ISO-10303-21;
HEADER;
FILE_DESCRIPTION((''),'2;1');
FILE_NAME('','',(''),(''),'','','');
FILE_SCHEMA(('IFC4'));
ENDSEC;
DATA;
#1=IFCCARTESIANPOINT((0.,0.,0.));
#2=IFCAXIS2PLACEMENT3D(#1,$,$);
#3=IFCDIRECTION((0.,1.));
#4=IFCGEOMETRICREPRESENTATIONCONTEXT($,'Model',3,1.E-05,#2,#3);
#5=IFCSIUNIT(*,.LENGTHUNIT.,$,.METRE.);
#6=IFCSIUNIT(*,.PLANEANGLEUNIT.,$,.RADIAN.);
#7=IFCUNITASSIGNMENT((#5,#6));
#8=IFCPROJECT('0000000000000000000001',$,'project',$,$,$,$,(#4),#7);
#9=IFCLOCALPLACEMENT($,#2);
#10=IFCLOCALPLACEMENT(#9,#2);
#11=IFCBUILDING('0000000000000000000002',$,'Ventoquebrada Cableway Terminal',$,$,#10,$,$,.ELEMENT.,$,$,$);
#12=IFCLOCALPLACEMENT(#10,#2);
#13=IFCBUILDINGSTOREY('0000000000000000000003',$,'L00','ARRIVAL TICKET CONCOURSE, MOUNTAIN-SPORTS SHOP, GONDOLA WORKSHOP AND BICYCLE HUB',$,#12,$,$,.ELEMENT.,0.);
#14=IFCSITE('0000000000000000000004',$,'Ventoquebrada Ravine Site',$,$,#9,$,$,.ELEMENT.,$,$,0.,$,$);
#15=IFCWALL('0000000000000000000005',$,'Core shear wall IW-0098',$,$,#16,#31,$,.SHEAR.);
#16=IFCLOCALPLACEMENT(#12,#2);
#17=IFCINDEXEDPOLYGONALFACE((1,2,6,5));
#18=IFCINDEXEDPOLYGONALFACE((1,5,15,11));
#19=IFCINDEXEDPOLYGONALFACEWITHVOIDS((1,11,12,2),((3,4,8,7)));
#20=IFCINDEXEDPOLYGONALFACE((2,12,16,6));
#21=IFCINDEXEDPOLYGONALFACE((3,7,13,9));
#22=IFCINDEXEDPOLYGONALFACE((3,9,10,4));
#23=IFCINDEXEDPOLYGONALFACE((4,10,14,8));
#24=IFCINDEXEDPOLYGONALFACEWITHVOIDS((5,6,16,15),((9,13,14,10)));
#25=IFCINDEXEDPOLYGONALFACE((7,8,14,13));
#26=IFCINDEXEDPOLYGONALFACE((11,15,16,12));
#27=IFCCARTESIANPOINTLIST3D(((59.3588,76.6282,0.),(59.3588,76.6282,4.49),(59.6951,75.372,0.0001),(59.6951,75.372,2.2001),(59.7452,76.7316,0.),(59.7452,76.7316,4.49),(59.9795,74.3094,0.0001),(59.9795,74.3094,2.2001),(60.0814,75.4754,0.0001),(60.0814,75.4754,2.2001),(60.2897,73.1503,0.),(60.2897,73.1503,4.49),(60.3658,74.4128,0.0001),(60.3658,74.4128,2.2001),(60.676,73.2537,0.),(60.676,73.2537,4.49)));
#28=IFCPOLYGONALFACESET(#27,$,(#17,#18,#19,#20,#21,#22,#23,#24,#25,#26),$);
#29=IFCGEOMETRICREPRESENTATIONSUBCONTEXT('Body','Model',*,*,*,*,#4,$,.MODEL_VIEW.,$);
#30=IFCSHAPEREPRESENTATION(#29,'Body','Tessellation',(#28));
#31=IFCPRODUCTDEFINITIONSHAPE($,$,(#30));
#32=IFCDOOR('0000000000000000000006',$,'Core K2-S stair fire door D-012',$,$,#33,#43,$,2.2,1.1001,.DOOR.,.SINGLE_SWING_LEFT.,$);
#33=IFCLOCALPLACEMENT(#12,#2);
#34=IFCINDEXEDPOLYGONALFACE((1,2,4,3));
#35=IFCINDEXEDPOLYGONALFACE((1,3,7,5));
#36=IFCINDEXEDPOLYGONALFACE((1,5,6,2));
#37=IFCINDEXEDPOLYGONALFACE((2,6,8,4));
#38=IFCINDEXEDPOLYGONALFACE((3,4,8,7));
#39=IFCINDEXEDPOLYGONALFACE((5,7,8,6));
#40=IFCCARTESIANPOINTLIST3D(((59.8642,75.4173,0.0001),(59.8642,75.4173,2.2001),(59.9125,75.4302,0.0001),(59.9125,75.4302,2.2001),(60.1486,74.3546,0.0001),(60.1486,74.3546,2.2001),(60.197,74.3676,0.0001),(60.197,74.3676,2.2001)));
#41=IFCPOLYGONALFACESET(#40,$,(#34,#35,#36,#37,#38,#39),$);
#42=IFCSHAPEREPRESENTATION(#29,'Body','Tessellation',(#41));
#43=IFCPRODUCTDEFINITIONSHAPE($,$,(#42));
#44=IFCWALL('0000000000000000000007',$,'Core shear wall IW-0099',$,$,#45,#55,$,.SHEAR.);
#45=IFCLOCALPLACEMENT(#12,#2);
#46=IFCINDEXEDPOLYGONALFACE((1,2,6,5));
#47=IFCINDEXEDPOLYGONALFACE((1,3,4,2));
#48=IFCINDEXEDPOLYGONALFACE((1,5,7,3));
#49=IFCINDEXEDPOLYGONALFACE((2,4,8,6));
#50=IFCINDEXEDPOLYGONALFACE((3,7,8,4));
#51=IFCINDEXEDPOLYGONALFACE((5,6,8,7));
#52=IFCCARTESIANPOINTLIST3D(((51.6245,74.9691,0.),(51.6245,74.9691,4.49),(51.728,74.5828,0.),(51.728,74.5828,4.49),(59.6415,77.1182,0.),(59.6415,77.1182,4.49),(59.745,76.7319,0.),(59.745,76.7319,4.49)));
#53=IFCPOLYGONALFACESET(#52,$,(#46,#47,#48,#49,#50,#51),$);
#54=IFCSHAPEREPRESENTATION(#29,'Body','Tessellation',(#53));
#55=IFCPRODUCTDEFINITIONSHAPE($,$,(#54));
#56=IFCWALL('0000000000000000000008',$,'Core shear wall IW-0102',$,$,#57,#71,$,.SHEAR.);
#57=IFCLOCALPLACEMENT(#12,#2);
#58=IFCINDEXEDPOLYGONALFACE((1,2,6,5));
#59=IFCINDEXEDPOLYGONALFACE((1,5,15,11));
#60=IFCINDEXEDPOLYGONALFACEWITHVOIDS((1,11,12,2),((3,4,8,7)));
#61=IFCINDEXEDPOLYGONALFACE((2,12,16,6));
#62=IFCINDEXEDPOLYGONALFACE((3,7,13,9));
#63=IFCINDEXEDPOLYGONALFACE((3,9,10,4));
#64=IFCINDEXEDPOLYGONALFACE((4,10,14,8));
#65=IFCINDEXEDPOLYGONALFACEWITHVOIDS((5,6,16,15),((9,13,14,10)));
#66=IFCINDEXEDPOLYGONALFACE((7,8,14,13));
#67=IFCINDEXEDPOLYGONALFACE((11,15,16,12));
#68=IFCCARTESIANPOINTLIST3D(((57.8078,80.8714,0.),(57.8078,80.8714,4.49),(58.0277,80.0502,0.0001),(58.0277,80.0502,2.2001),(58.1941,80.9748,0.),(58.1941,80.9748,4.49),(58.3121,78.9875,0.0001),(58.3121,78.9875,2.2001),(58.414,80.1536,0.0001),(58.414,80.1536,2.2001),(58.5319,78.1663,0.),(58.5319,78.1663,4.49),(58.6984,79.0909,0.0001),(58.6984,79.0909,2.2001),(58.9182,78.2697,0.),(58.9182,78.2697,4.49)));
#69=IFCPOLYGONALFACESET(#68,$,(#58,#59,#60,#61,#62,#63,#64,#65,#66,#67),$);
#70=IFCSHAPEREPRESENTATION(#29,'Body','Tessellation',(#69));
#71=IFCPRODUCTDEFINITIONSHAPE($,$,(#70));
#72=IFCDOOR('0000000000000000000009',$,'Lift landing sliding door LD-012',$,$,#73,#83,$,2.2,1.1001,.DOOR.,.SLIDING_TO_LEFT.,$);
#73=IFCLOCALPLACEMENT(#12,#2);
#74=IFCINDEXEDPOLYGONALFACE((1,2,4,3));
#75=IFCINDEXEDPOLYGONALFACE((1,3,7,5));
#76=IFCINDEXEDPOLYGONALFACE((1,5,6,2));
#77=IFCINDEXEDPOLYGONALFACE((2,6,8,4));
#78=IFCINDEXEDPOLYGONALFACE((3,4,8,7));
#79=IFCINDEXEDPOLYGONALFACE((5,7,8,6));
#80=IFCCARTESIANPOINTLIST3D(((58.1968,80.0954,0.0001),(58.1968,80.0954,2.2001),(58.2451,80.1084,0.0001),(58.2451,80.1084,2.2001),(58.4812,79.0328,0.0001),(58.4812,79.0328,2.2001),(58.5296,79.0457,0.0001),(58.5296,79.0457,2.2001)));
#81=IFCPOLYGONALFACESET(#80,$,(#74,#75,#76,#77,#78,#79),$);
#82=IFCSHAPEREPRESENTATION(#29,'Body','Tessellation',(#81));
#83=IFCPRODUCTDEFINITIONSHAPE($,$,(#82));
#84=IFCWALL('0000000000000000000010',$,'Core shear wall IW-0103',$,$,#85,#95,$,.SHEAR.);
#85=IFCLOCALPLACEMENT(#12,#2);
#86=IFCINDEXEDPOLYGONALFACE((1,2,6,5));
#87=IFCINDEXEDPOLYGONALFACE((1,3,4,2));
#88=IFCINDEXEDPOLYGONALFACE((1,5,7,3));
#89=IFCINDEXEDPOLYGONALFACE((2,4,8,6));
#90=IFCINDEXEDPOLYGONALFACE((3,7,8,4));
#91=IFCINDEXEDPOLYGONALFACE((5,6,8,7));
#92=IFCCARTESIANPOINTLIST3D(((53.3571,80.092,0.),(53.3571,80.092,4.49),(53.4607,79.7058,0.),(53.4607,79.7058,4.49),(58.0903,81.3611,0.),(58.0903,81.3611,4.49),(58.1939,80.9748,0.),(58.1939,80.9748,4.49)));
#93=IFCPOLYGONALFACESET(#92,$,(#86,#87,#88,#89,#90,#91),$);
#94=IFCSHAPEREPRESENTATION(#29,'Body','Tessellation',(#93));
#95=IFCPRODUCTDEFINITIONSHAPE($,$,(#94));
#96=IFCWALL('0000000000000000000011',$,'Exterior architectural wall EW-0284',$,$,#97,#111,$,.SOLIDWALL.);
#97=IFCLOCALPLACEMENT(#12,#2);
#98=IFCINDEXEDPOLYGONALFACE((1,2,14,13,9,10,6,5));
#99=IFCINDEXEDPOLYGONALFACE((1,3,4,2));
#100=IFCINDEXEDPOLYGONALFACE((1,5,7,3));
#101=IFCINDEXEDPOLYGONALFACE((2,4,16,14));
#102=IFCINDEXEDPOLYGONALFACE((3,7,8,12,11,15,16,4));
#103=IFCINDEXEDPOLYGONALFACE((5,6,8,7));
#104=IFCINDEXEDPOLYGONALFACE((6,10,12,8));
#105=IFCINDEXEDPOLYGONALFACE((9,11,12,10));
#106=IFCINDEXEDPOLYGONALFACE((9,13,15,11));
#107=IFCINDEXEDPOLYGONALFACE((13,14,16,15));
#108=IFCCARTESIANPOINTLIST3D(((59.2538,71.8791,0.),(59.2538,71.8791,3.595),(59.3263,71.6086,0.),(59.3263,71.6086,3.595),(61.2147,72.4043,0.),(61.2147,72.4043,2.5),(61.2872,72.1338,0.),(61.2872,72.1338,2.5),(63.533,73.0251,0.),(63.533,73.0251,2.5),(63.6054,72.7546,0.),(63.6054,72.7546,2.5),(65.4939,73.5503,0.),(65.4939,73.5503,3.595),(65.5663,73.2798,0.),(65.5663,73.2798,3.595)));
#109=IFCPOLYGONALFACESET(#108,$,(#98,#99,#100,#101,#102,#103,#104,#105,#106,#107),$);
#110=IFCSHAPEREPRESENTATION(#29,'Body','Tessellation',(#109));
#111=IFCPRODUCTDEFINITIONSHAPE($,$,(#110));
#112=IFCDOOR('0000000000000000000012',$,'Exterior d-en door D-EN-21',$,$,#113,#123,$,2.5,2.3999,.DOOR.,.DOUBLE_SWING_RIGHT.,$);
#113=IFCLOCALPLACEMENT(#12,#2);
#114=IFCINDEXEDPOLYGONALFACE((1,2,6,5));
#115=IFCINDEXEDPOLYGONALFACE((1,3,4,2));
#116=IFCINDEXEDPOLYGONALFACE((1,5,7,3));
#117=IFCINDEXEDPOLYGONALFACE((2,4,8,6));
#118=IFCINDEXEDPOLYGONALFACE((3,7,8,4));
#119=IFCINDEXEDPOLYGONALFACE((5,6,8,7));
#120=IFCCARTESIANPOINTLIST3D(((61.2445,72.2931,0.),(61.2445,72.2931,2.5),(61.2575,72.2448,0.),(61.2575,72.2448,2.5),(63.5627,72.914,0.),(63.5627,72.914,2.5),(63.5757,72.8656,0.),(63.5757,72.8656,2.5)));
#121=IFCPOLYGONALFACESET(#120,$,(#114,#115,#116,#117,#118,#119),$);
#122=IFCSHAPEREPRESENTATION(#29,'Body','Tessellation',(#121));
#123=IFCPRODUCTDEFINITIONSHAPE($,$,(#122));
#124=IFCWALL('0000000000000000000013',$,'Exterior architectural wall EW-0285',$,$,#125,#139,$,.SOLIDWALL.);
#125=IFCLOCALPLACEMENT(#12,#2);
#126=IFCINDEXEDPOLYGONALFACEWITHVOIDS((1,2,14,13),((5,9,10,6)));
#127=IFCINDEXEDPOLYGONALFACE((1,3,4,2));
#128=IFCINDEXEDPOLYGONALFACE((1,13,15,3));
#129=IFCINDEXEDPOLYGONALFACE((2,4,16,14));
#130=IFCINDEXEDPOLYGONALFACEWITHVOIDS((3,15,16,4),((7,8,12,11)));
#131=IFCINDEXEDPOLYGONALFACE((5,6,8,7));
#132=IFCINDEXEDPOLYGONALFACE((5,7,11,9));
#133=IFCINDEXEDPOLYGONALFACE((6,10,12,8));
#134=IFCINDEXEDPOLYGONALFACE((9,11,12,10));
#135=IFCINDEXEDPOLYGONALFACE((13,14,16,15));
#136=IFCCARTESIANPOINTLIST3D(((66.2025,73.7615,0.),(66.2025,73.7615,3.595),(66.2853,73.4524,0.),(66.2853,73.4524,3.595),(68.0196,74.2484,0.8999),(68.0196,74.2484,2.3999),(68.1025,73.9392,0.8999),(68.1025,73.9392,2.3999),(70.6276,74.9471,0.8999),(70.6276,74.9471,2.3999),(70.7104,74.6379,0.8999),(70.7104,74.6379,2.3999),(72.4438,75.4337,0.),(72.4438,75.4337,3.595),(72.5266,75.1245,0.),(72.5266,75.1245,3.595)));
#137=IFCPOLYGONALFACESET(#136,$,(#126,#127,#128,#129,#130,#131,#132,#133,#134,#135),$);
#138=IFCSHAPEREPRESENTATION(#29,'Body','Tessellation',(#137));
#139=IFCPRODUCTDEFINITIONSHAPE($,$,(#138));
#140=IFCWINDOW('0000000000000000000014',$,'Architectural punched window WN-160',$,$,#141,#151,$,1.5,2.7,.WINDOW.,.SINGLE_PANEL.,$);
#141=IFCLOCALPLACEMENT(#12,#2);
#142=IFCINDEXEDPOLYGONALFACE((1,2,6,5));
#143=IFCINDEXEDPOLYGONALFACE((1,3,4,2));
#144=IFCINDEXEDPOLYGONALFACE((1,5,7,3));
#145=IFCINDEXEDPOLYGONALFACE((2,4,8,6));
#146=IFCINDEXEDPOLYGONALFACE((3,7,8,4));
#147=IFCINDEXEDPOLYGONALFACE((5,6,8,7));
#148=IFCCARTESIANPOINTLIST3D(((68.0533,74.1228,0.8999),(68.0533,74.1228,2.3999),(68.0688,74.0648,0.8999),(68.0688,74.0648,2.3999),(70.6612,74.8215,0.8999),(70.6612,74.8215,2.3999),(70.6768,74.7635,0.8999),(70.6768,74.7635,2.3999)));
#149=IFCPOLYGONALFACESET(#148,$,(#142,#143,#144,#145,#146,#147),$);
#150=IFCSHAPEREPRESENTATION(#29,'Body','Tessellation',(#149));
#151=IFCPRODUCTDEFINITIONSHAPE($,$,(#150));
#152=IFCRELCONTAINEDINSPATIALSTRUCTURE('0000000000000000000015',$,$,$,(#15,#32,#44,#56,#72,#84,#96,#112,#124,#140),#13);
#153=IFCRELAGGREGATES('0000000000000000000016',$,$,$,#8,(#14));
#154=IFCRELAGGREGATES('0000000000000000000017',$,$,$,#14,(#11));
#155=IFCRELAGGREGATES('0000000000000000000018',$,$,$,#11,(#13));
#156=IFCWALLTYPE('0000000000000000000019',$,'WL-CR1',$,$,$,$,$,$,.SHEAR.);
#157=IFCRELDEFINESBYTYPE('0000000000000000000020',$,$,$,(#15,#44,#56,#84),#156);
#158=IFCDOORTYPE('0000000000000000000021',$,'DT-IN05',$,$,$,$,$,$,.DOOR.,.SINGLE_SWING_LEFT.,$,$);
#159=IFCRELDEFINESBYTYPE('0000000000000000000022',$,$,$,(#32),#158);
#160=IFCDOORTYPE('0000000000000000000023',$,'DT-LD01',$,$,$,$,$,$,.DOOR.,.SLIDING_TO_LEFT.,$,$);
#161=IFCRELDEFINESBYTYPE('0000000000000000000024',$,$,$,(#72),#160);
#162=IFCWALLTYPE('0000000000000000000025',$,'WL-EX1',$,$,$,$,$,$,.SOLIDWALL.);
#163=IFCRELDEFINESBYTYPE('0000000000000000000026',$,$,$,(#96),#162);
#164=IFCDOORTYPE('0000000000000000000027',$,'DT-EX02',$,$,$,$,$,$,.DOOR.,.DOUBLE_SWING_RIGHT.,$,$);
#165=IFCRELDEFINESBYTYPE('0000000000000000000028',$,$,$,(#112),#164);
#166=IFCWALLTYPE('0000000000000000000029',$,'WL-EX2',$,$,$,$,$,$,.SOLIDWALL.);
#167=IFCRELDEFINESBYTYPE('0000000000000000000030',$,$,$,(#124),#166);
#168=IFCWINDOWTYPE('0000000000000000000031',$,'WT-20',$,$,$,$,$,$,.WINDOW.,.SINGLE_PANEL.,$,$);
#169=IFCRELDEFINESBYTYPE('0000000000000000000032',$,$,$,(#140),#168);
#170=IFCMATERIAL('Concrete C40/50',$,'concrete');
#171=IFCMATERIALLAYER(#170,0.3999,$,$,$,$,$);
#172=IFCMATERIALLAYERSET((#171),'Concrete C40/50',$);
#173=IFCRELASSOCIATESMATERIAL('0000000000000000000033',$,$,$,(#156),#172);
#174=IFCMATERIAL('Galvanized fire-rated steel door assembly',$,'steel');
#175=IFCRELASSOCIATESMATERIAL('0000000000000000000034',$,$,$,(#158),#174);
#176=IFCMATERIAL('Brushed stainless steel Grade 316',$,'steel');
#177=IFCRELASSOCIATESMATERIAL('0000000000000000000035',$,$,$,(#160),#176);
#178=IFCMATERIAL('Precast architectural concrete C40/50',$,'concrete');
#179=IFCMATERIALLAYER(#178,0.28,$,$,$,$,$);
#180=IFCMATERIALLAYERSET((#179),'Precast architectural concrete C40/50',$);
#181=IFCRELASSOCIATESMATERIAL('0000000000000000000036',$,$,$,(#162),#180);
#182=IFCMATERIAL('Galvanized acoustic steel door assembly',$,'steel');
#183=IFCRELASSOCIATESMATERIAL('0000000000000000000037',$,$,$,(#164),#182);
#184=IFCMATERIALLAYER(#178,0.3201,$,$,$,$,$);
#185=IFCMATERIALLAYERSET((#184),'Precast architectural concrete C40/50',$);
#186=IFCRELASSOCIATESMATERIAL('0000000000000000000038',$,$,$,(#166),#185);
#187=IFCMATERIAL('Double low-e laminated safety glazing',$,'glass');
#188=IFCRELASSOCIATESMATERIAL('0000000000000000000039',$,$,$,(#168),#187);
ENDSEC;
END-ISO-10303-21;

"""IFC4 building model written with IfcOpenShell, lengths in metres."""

from ifc_helpers import new_model, si_unit, direction, frame, frame_2d, origin, place, context, subcontext, project, spatial, rectangle, extrude, material, layer, layer_set, type_object, element, fill, save


model = new_model("IFC4")

# Units and contexts
model_context = context("Model", 3, precision=1e-05, world=origin(), true_north=direction((0.0, 1.0)))
body_context = subcontext(model_context, "Body", "Model", "MODEL_VIEW")
ifc_project = project(units=[si_unit("LENGTHUNIT", "METRE"), si_unit("PLANEANGLEUNIT", "RADIAN")], contexts=[model_context])

# Site, building, storey
site_placement = place(None, origin())
site = spatial("IfcSite", under=ifc_project, at=site_placement, Name="Ventoquebrada Ravine Site", CompositionType="ELEMENT", RefElevation=0.0)
building_placement = place(site_placement, origin())
building = spatial("IfcBuilding", under=site, at=building_placement, Name="Ventoquebrada Cableway Terminal", CompositionType="ELEMENT")
storey_placement = place(building_placement, origin())
storey = spatial("IfcBuildingStorey", under=building, at=storey_placement, Name="L00", Description="ARRIVAL TICKET CONCOURSE, MOUNTAIN-SPORTS SHOP, GONDOLA WORKSHOP AND BICYCLE HUB", CompositionType="ELEMENT", Elevation=0.0)

# Shared definitions
ifc_material_1 = material(Name="Concrete C40/50", Category="concrete")

# Wall, opening, door
ifc_layer_1 = layer(ifc_material_1, 0.3999)
ifc_layer_set_1 = layer_set([ifc_layer_1], Name="Concrete C40/50")
wall_type_1 = type_object("IfcWallType", Name="WL-CR1", PredefinedType="SHEAR", material=ifc_layer_set_1)
wall_1_placement = place(storey_placement, frame((60.4829, 73.2019, 0.0), z_axis=(0.0, 0.0, 1.0), x_axis=(-0.258553, 0.965997, 0.0)))
wall_1 = element("IfcWall", 1, at=wall_1_placement, inside=storey, type_object=wall_type_1, Name="Core shear wall IW-0098", PredefinedType="SHEAR", context=body_context, shape_type="SweptSolid", body=[
    extrude(rectangle(XDim=3.6003, YDim=0.3999, at=frame_2d((1.8003, 0.0))), origin(), (0.0, 0.0, 1.0), 4.49),
])
opening_1_placement = place(wall_1_placement, frame((1.2, 0.0, 0.0)))
opening_1 = element("IfcOpeningElement", 2, at=opening_1_placement, cuts=wall_1, PredefinedType="OPENING", context=body_context, shape_type="SweptSolid", body=[
    extrude(rectangle(XDim=1.1001, YDim=2.2, at=frame_2d((0.55, 1.1001))), frame((0.0, 0.21, 0.0), z_axis=(0.0, -1.0, 0.0), x_axis=(1.0, 0.0, 0.0)), (0.0, 0.0, 1.0), 0.4199),
])
ifc_material_2 = material(Name="Galvanized fire-rated steel door assembly", Category="steel")
door_type_1 = type_object("IfcDoorType", Name="DT-IN05", OperationType="SINGLE_SWING_LEFT", PredefinedType="DOOR", material=ifc_material_2)
door_1_placement = place(opening_1_placement, origin())
door_1 = element("IfcDoor", 3, at=door_1_placement, inside=storey, type_object=door_type_1, Name="Core K2-S stair fire door D-012", OperationType="SINGLE_SWING_LEFT", OverallHeight=2.2, OverallWidth=1.1001, PredefinedType="DOOR", context=body_context, shape_type="SweptSolid", body=[
    extrude(rectangle(XDim=1.1001, YDim=2.2, at=frame_2d((0.55, 1.1001))), frame((0.0, 0.0249, 0.0), z_axis=(0.0, -1.0, 0.0), x_axis=(1.0, 0.0, 0.0)), (0.0, 0.0, 1.0), 0.05),
])
fill(opening_1, door_1)

# Wall
wall_2_placement = place(storey_placement, frame((59.6931, 76.925, 0.0), z_axis=(0.0, 0.0, 1.0), x_axis=(-0.965896, -0.258931, 0.0)))
element("IfcWall", 4, at=wall_2_placement, inside=storey, type_object=wall_type_1, Name="Core shear wall IW-0099", PredefinedType="SHEAR", context=body_context, shape_type="SweptSolid", body=[
    extrude(rectangle(XDim=8.3, YDim=0.3999, at=frame_2d((4.1499, 0.0))), origin(), (0.0, 0.0, 1.0), 4.49),
])

# Wall, opening, door
wall_3_placement = place(storey_placement, frame((58.7251, 78.218, 0.0), z_axis=(0.0, 0.0, 1.0), x_axis=(-0.258585, 0.965989, 0.0)))
wall_3 = element("IfcWall", 5, at=wall_3_placement, inside=storey, type_object=wall_type_1, Name="Core shear wall IW-0102", PredefinedType="SHEAR", context=body_context, shape_type="SweptSolid", body=[
    extrude(rectangle(XDim=2.8003, YDim=0.3999, at=frame_2d((1.4001, 0.0))), origin(), (0.0, 0.0, 1.0), 4.49),
])
opening_2_placement = place(wall_3_placement, frame((0.8501, 0.0, 0.0)))
opening_2 = element("IfcOpeningElement", 6, at=opening_2_placement, cuts=wall_3, PredefinedType="OPENING", context=body_context, shape_type="SweptSolid", body=[
    extrude(rectangle(XDim=1.1001, YDim=2.2, at=frame_2d((0.55, 1.1001))), frame((0.0, 0.21, 0.0), z_axis=(0.0, -1.0, 0.0), x_axis=(1.0, 0.0, 0.0)), (0.0, 0.0, 1.0), 0.4199),
])
ifc_material_3 = material(Name="Brushed stainless steel Grade 316", Category="steel")
door_type_2 = type_object("IfcDoorType", Name="DT-LD01", OperationType="SLIDING_TO_LEFT", PredefinedType="DOOR", material=ifc_material_3)
door_2_placement = place(opening_2_placement, origin())
door_2 = element("IfcDoor", 7, at=door_2_placement, inside=storey, type_object=door_type_2, Name="Lift landing sliding door LD-012", OperationType="SLIDING_TO_LEFT", OverallHeight=2.2, OverallWidth=1.1001, PredefinedType="DOOR", context=body_context, shape_type="SweptSolid", body=[
    extrude(rectangle(XDim=1.1001, YDim=2.2, at=frame_2d((0.55, 1.1001))), frame((0.0, 0.0249, 0.0), z_axis=(0.0, -1.0, 0.0), x_axis=(1.0, 0.0, 0.0)), (0.0, 0.0, 1.0), 0.05),
])
fill(opening_2, door_2)

# Wall
wall_4_placement = place(storey_placement, frame((58.1421, 81.168, 0.0), z_axis=(0.0, 0.0, 1.0), x_axis=(-0.965885, -0.258971, 0.0)))
element("IfcWall", 8, at=wall_4_placement, inside=storey, type_object=wall_type_1, Name="Core shear wall IW-0103", PredefinedType="SHEAR", context=body_context, shape_type="SweptSolid", body=[
    extrude(rectangle(XDim=4.9004, YDim=0.3999, at=frame_2d((2.4502, 0.0))), origin(), (0.0, 0.0, 1.0), 4.49),
])

# Wall, opening, door
ifc_material_4 = material(Name="Precast architectural concrete C40/50", Category="concrete")
ifc_layer_2 = layer(ifc_material_4, 0.28)
ifc_layer_set_2 = layer_set([ifc_layer_2], Name="Precast architectural concrete C40/50")
wall_type_2 = type_object("IfcWallType", Name="WL-EX1", PredefinedType="SOLIDWALL", material=ifc_layer_set_2)
wall_5_placement = place(storey_placement, frame((59.29, 71.7439, 0.0), z_axis=(0.0, 0.0, 1.0), x_axis=(0.965959, 0.258695, 0.0)))
wall_5 = element("IfcWall", 9, at=wall_5_placement, inside=storey, type_object=wall_type_2, Name="Exterior architectural wall EW-0284", PredefinedType="SOLIDWALL", context=body_context, shape_type="SweptSolid", body=[
    extrude(rectangle(XDim=6.46, YDim=0.28, at=frame_2d((3.23, 0.0))), origin(), (0.0, 0.0, 1.0), 3.595),
])
opening_3_placement = place(wall_5_placement, frame((2.03, 0.0, 0.0)))
opening_3 = element("IfcOpeningElement", 10, at=opening_3_placement, cuts=wall_5, PredefinedType="OPENING", context=body_context, shape_type="SweptSolid", body=[
    extrude(rectangle(XDim=2.3999, YDim=2.5, at=frame_2d((1.2, 1.25))), frame((0.0, 0.1499, 0.0), z_axis=(0.0, -1.0, 0.0), x_axis=(1.0, 0.0, 0.0)), (0.0, 0.0, 1.0), 0.3),
])
ifc_material_5 = material(Name="Galvanized acoustic steel door assembly", Category="steel")
door_type_3 = type_object("IfcDoorType", Name="DT-EX02", OperationType="DOUBLE_SWING_RIGHT", PredefinedType="DOOR", material=ifc_material_5)
door_3_placement = place(opening_3_placement, origin())
door_3 = element("IfcDoor", 11, at=door_3_placement, inside=storey, type_object=door_type_3, Name="Exterior d-en door D-EN-21", OperationType="DOUBLE_SWING_RIGHT", OverallHeight=2.5, OverallWidth=2.3999, PredefinedType="DOOR", context=body_context, shape_type="SweptSolid", body=[
    extrude(rectangle(XDim=2.3999, YDim=2.5, at=frame_2d((1.2, 1.25))), frame((0.0, 0.0249, 0.0), z_axis=(0.0, -1.0, 0.0), x_axis=(1.0, 0.0, 0.0)), (0.0, 0.0, 1.0), 0.05),
])
fill(opening_3, door_3)

# Wall, opening, window
ifc_layer_3 = layer(ifc_material_4, 0.3201)
ifc_layer_set_3 = layer_set([ifc_layer_3], Name="Precast architectural concrete C40/50")
wall_type_3 = type_object("IfcWallType", Name="WL-EX2", PredefinedType="SOLIDWALL", material=ifc_layer_set_3)
wall_6_placement = place(storey_placement, frame((66.2439, 73.6069, 0.0), z_axis=(0.0, 0.0, 1.0), x_axis=(0.965934, 0.258789, 0.0)))
wall_6 = element("IfcWall", 12, at=wall_6_placement, inside=storey, type_object=wall_type_3, Name="Exterior architectural wall EW-0285", PredefinedType="SOLIDWALL", context=body_context, shape_type="SweptSolid", body=[
    extrude(rectangle(XDim=6.4614, YDim=0.3201, at=frame_2d((3.2307, 0.0))), origin(), (0.0, 0.0, 1.0), 3.595),
])
opening_4_placement = place(wall_6_placement, frame((1.8811, 0.0, 0.8999)))
opening_4 = element("IfcOpeningElement", 13, at=opening_4_placement, cuts=wall_6, PredefinedType="OPENING", context=body_context, shape_type="SweptSolid", body=[
    extrude(rectangle(XDim=2.7, YDim=1.5, at=frame_2d((1.3501, 0.75))), frame((0.0, 0.1699, 0.0), z_axis=(0.0, -1.0, 0.0), x_axis=(1.0, 0.0, 0.0)), (0.0, 0.0, 1.0), 0.3401),
])
ifc_material_6 = material(Name="Double low-e laminated safety glazing", Category="glass")
window_type = type_object("IfcWindowType", Name="WT-20", PartitioningType="SINGLE_PANEL", PredefinedType="WINDOW", material=ifc_material_6)
window_placement = place(opening_4_placement, origin())
window = element("IfcWindow", 14, at=window_placement, inside=storey, type_object=window_type, Name="Architectural punched window WN-160", OverallHeight=1.5, OverallWidth=2.7, PartitioningType="SINGLE_PANEL", PredefinedType="WINDOW", context=body_context, shape_type="SweptSolid", body=[
    extrude(rectangle(XDim=2.7, YDim=1.5, at=frame_2d((1.3501, 0.75))), frame((0.0, 0.03, 0.0), z_axis=(0.0, -1.0, 0.0), x_axis=(1.0, 0.0, 0.0)), (0.0, 0.0, 1.0), 0.0601),
])
fill(opening_4, window)

save(model, "model.ifc")
